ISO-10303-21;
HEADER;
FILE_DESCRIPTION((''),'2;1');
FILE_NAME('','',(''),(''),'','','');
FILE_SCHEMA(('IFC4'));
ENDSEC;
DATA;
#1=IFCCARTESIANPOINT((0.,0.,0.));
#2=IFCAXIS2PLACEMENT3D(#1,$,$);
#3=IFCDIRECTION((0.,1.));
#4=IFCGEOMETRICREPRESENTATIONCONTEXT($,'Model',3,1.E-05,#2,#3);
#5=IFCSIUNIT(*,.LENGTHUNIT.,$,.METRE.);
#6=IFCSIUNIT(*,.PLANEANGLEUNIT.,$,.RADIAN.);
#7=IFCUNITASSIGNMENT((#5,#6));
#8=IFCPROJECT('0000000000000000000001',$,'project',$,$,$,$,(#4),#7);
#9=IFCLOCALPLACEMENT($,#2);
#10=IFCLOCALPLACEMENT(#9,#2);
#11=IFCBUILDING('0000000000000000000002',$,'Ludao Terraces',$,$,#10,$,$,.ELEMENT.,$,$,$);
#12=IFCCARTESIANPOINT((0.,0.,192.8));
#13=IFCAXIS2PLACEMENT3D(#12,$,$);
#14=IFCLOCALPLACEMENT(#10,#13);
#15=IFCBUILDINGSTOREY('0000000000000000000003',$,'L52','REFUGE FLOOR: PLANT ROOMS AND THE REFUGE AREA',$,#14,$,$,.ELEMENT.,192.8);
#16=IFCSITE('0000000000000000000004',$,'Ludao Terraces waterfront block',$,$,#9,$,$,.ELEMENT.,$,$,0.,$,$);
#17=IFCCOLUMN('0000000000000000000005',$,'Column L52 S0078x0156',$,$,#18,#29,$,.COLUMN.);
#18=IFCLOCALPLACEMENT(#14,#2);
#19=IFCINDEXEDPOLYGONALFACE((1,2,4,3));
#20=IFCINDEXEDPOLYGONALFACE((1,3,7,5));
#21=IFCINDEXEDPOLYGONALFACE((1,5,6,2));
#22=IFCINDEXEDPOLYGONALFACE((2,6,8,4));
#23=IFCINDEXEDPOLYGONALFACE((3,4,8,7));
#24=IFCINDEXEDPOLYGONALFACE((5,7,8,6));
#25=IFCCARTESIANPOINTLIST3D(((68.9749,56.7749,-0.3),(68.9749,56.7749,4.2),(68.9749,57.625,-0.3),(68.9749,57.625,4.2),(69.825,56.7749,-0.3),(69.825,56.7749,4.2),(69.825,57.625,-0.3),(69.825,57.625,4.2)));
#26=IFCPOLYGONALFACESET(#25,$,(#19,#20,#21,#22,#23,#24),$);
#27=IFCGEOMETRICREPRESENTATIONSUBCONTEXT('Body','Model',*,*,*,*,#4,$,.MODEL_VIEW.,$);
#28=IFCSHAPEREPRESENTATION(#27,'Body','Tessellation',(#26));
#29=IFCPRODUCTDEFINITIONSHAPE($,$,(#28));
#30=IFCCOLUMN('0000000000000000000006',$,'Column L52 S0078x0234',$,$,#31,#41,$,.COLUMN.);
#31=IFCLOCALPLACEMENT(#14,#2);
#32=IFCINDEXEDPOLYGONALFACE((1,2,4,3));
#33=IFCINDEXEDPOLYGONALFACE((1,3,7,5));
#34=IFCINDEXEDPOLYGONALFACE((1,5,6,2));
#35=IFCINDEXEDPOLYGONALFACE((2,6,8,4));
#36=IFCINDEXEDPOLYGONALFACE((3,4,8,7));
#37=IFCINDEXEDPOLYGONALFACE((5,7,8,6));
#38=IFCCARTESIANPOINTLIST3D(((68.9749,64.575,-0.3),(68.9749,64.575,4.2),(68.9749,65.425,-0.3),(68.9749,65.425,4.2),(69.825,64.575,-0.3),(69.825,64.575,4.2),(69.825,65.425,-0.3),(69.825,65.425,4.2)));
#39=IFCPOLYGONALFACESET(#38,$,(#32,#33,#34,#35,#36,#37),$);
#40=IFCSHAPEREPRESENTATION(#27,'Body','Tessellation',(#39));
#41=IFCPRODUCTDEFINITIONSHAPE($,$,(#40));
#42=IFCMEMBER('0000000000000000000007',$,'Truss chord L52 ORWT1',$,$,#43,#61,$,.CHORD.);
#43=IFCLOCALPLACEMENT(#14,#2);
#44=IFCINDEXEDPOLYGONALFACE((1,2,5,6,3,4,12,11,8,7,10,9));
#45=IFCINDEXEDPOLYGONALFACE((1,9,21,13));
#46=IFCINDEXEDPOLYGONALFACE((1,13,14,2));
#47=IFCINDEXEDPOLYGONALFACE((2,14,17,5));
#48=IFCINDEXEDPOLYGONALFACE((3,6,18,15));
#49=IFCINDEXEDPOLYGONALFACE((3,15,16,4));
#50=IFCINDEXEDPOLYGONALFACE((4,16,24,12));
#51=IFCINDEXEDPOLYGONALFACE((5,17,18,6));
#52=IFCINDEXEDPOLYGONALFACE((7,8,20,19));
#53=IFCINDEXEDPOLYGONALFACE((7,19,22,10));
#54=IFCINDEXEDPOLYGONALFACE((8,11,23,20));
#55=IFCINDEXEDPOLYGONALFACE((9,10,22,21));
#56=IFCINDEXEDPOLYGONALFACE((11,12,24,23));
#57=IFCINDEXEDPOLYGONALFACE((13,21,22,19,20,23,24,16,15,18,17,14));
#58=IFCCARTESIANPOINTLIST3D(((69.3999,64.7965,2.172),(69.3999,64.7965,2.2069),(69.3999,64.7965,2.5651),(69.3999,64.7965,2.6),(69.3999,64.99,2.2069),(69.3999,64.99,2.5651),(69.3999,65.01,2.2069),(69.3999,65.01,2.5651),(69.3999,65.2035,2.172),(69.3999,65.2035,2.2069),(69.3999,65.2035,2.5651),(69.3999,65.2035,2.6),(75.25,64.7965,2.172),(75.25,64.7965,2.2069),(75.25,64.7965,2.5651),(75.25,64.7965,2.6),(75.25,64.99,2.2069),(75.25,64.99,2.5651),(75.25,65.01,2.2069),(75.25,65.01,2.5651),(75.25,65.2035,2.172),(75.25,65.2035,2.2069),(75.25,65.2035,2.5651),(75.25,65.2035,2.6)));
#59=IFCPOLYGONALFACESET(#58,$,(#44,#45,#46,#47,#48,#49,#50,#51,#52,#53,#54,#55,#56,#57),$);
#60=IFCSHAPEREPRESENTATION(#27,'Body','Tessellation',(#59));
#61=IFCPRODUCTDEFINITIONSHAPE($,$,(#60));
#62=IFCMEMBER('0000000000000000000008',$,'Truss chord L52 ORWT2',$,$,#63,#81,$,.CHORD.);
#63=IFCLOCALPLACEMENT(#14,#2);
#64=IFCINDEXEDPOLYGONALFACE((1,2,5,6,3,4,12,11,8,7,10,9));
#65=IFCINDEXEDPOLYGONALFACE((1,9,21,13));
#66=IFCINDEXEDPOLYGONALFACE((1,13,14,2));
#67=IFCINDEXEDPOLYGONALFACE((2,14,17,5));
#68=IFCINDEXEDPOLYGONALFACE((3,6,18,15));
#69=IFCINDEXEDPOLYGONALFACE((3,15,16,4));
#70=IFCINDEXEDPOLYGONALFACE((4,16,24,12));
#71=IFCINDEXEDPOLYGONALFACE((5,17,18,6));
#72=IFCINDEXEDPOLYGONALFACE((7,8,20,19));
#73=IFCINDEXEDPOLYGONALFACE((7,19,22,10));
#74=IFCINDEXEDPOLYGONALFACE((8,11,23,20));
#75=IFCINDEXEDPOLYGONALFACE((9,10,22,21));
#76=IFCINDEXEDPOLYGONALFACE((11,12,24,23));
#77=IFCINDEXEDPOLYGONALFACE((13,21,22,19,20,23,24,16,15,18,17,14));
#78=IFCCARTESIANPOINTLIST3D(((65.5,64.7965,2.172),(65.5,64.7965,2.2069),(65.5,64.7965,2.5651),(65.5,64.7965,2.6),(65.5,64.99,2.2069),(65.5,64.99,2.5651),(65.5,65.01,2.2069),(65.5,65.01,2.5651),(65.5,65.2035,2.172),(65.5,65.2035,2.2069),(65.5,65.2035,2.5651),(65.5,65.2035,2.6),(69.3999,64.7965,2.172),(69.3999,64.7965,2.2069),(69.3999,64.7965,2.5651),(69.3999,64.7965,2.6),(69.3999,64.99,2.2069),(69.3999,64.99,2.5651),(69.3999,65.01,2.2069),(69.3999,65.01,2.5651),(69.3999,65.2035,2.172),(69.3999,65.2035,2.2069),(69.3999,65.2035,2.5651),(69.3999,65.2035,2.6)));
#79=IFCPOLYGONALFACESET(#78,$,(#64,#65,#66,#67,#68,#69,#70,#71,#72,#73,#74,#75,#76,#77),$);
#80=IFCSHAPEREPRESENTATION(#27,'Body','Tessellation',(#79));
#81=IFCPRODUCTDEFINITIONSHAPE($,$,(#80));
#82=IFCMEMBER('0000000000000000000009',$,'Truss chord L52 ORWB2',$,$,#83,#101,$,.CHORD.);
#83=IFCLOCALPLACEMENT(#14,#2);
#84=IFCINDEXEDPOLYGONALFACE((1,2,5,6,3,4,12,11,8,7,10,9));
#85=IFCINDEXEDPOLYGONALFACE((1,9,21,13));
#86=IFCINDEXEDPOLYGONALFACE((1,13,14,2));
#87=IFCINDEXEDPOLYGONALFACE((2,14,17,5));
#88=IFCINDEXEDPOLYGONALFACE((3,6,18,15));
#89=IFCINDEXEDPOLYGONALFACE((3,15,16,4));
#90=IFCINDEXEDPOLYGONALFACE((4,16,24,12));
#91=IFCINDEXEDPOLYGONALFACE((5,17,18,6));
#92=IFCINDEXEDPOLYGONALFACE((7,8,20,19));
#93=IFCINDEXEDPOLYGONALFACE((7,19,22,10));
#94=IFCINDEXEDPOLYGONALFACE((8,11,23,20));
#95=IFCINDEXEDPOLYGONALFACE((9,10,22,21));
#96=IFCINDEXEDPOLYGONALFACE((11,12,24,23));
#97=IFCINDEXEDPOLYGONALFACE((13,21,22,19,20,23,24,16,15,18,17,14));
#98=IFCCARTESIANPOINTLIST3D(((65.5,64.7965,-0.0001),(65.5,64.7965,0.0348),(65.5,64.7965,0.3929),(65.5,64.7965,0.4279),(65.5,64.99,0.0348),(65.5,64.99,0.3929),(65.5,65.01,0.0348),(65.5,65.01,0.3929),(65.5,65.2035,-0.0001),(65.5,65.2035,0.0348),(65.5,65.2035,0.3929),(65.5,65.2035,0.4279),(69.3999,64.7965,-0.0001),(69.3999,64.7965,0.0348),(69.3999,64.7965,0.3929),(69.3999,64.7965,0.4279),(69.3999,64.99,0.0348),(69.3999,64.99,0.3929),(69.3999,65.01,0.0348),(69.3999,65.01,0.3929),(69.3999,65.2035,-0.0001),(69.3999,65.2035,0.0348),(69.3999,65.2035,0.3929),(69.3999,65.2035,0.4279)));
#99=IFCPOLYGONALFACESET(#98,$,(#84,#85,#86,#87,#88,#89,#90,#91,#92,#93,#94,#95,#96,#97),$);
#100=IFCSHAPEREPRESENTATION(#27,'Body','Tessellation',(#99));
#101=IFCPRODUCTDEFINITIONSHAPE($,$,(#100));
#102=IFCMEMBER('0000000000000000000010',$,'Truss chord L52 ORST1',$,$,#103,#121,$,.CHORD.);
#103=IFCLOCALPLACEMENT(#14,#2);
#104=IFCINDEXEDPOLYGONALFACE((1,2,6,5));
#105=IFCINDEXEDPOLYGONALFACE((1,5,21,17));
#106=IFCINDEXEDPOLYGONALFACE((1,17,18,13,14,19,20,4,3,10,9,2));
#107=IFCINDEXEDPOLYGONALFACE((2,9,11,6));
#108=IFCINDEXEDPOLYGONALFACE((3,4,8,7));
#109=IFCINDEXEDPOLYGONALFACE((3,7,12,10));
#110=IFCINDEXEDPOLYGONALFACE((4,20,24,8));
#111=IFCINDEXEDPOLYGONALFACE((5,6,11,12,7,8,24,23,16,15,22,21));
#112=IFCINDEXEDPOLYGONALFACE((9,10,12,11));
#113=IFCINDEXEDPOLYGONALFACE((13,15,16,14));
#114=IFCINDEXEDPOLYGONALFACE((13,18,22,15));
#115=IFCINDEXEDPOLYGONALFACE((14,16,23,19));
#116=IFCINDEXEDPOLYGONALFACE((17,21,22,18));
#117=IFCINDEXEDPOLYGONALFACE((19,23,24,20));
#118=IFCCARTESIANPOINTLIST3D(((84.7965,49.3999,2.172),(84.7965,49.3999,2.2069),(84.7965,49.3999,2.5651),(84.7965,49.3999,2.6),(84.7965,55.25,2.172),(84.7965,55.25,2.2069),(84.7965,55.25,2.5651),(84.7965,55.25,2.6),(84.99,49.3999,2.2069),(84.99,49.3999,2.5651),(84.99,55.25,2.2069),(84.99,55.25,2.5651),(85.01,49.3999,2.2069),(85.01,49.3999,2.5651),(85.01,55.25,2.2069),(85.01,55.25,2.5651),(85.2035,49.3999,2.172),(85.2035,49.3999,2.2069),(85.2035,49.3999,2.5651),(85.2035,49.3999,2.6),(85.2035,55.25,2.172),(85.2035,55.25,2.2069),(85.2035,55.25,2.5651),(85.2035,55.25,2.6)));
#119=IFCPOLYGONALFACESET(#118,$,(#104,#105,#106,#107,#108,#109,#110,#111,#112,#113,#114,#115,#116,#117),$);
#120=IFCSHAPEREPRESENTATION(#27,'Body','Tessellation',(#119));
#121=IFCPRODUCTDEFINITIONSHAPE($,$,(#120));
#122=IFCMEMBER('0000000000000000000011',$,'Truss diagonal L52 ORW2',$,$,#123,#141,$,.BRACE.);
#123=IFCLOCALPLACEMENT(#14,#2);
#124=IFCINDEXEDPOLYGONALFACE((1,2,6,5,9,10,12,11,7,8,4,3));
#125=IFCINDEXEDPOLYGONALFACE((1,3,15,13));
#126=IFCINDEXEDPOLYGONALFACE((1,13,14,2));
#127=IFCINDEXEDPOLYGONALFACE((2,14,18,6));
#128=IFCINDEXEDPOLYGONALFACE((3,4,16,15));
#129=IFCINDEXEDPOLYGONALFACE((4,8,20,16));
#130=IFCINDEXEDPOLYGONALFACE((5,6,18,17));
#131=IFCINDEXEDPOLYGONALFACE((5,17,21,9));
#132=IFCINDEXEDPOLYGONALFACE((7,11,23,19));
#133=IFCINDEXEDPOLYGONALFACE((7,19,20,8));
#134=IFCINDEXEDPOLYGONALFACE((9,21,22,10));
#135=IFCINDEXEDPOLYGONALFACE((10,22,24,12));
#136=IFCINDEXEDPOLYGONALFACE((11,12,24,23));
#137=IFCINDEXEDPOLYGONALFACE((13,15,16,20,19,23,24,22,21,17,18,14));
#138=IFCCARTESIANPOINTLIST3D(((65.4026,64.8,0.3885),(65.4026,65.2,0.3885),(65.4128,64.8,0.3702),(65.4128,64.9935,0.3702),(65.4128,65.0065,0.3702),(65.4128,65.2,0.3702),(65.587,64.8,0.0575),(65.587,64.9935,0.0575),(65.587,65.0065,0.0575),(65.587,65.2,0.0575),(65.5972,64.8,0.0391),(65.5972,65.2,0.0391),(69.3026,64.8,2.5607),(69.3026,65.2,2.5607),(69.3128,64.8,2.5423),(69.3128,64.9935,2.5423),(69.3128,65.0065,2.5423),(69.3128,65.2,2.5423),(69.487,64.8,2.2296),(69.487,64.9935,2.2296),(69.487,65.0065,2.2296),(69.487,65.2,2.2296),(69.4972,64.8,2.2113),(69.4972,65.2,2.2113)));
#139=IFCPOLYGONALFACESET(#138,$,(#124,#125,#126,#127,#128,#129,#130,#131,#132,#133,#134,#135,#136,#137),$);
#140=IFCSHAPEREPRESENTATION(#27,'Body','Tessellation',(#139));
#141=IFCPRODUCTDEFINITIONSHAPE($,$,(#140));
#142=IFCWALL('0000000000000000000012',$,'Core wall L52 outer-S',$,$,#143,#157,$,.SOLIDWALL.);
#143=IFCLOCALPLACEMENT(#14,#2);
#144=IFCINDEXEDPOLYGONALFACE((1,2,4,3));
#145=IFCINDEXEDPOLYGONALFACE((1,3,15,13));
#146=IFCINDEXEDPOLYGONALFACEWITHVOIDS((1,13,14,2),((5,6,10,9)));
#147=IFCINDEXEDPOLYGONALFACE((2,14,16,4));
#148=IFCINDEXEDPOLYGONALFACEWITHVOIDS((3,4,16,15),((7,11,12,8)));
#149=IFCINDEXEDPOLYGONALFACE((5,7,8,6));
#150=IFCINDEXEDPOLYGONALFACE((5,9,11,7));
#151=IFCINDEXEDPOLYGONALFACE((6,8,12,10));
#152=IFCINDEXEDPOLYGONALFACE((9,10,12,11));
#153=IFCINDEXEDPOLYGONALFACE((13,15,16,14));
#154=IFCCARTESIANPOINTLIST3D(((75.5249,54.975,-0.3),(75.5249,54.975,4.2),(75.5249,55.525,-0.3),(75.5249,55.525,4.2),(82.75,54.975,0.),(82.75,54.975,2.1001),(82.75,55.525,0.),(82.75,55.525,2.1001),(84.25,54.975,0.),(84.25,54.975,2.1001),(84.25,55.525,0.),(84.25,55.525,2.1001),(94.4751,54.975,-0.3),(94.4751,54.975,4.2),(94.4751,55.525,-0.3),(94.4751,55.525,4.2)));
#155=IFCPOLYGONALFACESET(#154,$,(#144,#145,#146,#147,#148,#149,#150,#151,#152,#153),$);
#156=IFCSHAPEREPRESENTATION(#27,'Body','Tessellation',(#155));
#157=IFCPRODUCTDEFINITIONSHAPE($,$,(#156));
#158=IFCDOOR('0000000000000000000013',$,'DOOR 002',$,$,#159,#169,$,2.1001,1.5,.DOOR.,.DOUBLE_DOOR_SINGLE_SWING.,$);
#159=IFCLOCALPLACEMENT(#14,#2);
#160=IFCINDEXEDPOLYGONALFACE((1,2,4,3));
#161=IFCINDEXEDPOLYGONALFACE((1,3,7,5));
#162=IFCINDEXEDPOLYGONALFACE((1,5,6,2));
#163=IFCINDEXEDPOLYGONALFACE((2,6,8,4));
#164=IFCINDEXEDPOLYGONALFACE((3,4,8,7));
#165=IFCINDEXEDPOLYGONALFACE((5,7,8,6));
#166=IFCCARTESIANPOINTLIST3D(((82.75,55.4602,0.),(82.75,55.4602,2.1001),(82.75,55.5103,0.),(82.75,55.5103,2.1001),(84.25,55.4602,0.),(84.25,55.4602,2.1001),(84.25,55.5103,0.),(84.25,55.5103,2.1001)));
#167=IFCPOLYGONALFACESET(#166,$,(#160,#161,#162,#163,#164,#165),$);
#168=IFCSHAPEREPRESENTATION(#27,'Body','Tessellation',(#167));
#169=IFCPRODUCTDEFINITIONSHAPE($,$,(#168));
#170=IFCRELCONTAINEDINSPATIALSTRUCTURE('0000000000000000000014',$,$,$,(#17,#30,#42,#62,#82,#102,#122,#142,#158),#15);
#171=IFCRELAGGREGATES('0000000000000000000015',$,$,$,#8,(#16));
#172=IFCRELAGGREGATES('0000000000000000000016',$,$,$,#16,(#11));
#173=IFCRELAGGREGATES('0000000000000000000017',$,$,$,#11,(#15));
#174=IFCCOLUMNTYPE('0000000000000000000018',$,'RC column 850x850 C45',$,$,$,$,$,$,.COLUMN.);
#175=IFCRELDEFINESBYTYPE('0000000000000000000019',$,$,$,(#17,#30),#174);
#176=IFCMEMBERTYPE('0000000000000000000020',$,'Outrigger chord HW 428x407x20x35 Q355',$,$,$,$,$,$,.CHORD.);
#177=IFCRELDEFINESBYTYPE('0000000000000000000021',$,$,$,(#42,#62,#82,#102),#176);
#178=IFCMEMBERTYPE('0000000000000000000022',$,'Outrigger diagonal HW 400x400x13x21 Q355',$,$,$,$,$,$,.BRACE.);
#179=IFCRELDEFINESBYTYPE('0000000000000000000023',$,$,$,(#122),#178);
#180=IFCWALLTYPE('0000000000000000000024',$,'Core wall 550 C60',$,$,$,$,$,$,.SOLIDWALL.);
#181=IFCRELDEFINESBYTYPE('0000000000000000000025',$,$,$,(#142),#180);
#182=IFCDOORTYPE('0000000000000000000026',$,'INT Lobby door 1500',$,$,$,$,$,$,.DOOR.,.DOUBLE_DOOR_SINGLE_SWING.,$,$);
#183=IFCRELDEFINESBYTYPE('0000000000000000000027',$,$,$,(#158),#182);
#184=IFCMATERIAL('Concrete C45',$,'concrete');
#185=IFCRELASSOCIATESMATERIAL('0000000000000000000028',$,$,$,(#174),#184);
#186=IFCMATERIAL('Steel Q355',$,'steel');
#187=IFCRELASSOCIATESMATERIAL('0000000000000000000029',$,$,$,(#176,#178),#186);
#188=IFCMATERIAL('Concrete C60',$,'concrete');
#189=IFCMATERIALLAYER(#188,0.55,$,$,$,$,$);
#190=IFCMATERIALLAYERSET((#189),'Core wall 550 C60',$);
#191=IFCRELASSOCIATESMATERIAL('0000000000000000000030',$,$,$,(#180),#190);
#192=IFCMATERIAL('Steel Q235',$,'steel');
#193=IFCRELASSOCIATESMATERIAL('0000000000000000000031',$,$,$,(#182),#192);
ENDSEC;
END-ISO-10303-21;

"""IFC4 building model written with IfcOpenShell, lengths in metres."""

from ifc_helpers import new_model, si_unit, direction, frame, frame_2d, origin, origin_2d, place, context, subcontext, project, spatial, rectangle, i_section, extrude, material, layer, layer_set, material_profile, profile_set, type_object, element, fill, save


model = new_model("IFC4")

# Units and contexts
model_context = context("Model", 3, precision=1e-05, world=origin(), true_north=direction((0.0, 1.0)))
body_context = subcontext(model_context, "Body", "Model", "MODEL_VIEW")
ifc_project = project(units=[si_unit("LENGTHUNIT", "METRE"), si_unit("PLANEANGLEUNIT", "RADIAN")], contexts=[model_context])

# Site, building, storey
site_placement = place(None, origin())
site = spatial("IfcSite", under=ifc_project, at=site_placement, Name="Ludao Terraces waterfront block", CompositionType="ELEMENT", RefElevation=0.0)
building_placement = place(site_placement, origin())
building = spatial("IfcBuilding", under=site, at=building_placement, Name="Ludao Terraces", CompositionType="ELEMENT")
storey_placement = place(building_placement, frame((0.0, 0.0, 192.8)))
storey = spatial("IfcBuildingStorey", under=building, at=storey_placement, Name="L52", Description="REFUGE FLOOR: PLANT ROOMS AND THE REFUGE AREA", CompositionType="ELEMENT", Elevation=192.8)

# Columns
ifc_material_1 = material(Name="Concrete C45", Category="concrete")
ifc_material_profile_1 = material_profile(ifc_material_1, rectangle(XDim=0.8501, YDim=0.8501, at=origin_2d()), Name="850 X 850")
ifc_profile_set_1 = profile_set([ifc_material_profile_1], Name="Concrete C45")
column_type = type_object("IfcColumnType", Name="RC column 850x850 C45", PredefinedType="COLUMN", material=ifc_profile_set_1)
for number, where, z_axis, x_axis, name in (
    (1, (69.3999, 57.2, -0.3), (0.0, 0.0, 1.0), (1.0, 0.0, 0.0), "Column L52 S0078x0156"),
    (2, (69.3999, 65.0, -0.3), (0.0, 0.0, 1.0), (1.0, 0.0, 0.0), "Column L52 S0078x0234"),
):
    element("IfcColumn", number, at=place(storey_placement, frame(where, z_axis=z_axis, x_axis=x_axis)), inside=storey, type_object=column_type, Name=name, PredefinedType="COLUMN", context=body_context, shape_type="SweptSolid", body=[
        extrude(rectangle(XDim=0.8501, YDim=0.8501, at=origin_2d()), origin(), (0.0, 0.0, 1.0), 4.5),
    ])

# Members
ifc_material_2 = material(Name="Steel Q355", Category="steel")
ifc_material_profile_2 = material_profile(ifc_material_2, i_section(OverallWidth=0.407, OverallDepth=0.428, WebThickness=0.02, FlangeThickness=0.0349, at=origin_2d()), Name="HW 428X407X20X35")
ifc_profile_set_2 = profile_set([ifc_material_profile_2], Name="Steel Q355")
member_type_1 = type_object("IfcMemberType", Name="Outrigger chord HW 428x407x20x35 Q355", PredefinedType="CHORD", material=ifc_profile_set_2)
member_1_placement = place(storey_placement, frame((75.25, 65.0, 2.386), z_axis=(-1.0, 0.0, 0.0), x_axis=(0.0, -1.0, 0.0)))
element("IfcMember", 3, at=member_1_placement, inside=storey, type_object=member_type_1, Name="Truss chord L52 ORWT1", PredefinedType="CHORD", context=body_context, shape_type="SweptSolid", body=[
    extrude(i_section(OverallWidth=0.407, OverallDepth=0.428, WebThickness=0.02, FlangeThickness=0.0349, at=origin_2d()), origin(), (0.0, 0.0, 1.0), 5.8501),
])
for number, where, z_axis, x_axis, name in (
    (4, (69.3999, 65.0, 2.386), (-1.0, 0.0, 0.0), (0.0, -1.0, 0.0), "Truss chord L52 ORWT2"),
    (5, (69.3999, 65.0, 0.2139), (-1.0, 0.0, 0.0), (0.0, -1.0, 0.0), "Truss chord L52 ORWB2"),
):
    element("IfcMember", number, at=place(storey_placement, frame(where, z_axis=z_axis, x_axis=x_axis)), inside=storey, type_object=member_type_1, Name=name, PredefinedType="CHORD", context=body_context, shape_type="SweptSolid", body=[
        extrude(i_section(OverallWidth=0.407, OverallDepth=0.428, WebThickness=0.02, FlangeThickness=0.0349, at=origin_2d()), origin(), (0.0, 0.0, 1.0), 3.8999),
    ])
member_2_placement = place(storey_placement, frame((85.0, 55.25, 2.386), z_axis=(0.0, -1.0, 0.0), x_axis=(1.0, 0.0, 0.0)))
element("IfcMember", 6, at=member_2_placement, inside=storey, type_object=member_type_1, Name="Truss chord L52 ORST1", PredefinedType="CHORD", context=body_context, shape_type="SweptSolid", body=[
    extrude(i_section(OverallWidth=0.407, OverallDepth=0.428, WebThickness=0.02, FlangeThickness=0.0349, at=origin_2d()), origin(), (0.0, 0.0, 1.0), 5.8501),
])
ifc_material_profile_3 = material_profile(ifc_material_2, i_section(OverallWidth=0.3999, OverallDepth=0.3999, WebThickness=0.0129, FlangeThickness=0.021, at=origin_2d()), Name="HW 400X400X13X21")
ifc_profile_set_3 = profile_set([ifc_material_profile_3], Name="Steel Q355")
member_type_2 = type_object("IfcMemberType", Name="Outrigger diagonal HW 400x400x13x21 Q355", PredefinedType="BRACE", material=ifc_profile_set_3)
member_3_placement = place(storey_placement, frame((69.3999, 65.0, 2.386), z_axis=(-0.873633, 0.0, -0.486585), x_axis=(0.0, -1.0, 0.0)))
element("IfcMember", 7, at=member_3_placement, inside=storey, type_object=member_type_2, Name="Truss diagonal L52 ORW2", PredefinedType="BRACE", context=body_context, shape_type="SweptSolid", body=[
    extrude(i_section(OverallWidth=0.3999, OverallDepth=0.3999, WebThickness=0.0129, FlangeThickness=0.021, at=origin_2d()), origin(), (0.0, 0.0, 1.0), 4.4641),
])

# Wall, opening, door
ifc_material_3 = material(Name="Concrete C60", Category="concrete")
ifc_layer_1 = layer(ifc_material_3, 0.55)
ifc_layer_set_1 = layer_set([ifc_layer_1], Name="Core wall 550 C60")
wall_type_1 = type_object("IfcWallType", Name="Core wall 550 C60", PredefinedType="SOLIDWALL", material=ifc_layer_set_1)
wall_1_placement = place(storey_placement, frame((75.5249, 55.25, -0.3), z_axis=(0.0, 0.0, 1.0), x_axis=(1.0, 0.0, 0.0)))
wall_1 = element("IfcWall", 8, at=wall_1_placement, inside=storey, type_object=wall_type_1, Name="Core wall L52 outer-S", PredefinedType="SOLIDWALL", context=body_context, shape_type="SweptSolid", body=[
    extrude(rectangle(XDim=18.9502, YDim=0.55, at=frame_2d((9.4751, 0.0))), origin(), (0.0, 0.0, 1.0), 4.5),
])
opening_1_placement = place(wall_1_placement, frame((7.2251, 0.0, 0.3)))
opening_1 = element("IfcOpeningElement", 9, at=opening_1_placement, cuts=wall_1, PredefinedType="OPENING", context=body_context, shape_type="SweptSolid", body=[
    extrude(rectangle(XDim=1.5, YDim=2.1001, at=frame_2d((0.75, 1.05))), frame((0.0, 0.2852, 0.0), z_axis=(0.0, -1.0, 0.0), x_axis=(1.0, 0.0, 0.0)), (0.0, 0.0, 1.0), 0.5701),
])
ifc_material_4 = material(Name="Steel Q235", Category="steel")
door_type_1 = type_object("IfcDoorType", Name="INT Lobby door 1500", OperationType="DOUBLE_DOOR_SINGLE_SWING", PredefinedType="DOOR", material=ifc_material_4)
door_1_placement = place(opening_1_placement, origin())
door_1 = element("IfcDoor", 10, at=door_1_placement, inside=storey, type_object=door_type_1, Name="DOOR 002", OperationType="DOUBLE_DOOR_SINGLE_SWING", OverallHeight=2.1001, OverallWidth=1.5, PredefinedType="DOOR", context=body_context, shape_type="SweptSolid", body=[
    extrude(rectangle(XDim=1.5, YDim=2.1001, at=frame_2d((0.75, 1.05))), frame((0.0, 0.2603, 0.0), z_axis=(0.0, -1.0, 0.0), x_axis=(1.0, 0.0, 0.0)), (0.0, 0.0, 1.0), 0.05),
])
fill(opening_1, door_1)

save(model, "model.ifc")
